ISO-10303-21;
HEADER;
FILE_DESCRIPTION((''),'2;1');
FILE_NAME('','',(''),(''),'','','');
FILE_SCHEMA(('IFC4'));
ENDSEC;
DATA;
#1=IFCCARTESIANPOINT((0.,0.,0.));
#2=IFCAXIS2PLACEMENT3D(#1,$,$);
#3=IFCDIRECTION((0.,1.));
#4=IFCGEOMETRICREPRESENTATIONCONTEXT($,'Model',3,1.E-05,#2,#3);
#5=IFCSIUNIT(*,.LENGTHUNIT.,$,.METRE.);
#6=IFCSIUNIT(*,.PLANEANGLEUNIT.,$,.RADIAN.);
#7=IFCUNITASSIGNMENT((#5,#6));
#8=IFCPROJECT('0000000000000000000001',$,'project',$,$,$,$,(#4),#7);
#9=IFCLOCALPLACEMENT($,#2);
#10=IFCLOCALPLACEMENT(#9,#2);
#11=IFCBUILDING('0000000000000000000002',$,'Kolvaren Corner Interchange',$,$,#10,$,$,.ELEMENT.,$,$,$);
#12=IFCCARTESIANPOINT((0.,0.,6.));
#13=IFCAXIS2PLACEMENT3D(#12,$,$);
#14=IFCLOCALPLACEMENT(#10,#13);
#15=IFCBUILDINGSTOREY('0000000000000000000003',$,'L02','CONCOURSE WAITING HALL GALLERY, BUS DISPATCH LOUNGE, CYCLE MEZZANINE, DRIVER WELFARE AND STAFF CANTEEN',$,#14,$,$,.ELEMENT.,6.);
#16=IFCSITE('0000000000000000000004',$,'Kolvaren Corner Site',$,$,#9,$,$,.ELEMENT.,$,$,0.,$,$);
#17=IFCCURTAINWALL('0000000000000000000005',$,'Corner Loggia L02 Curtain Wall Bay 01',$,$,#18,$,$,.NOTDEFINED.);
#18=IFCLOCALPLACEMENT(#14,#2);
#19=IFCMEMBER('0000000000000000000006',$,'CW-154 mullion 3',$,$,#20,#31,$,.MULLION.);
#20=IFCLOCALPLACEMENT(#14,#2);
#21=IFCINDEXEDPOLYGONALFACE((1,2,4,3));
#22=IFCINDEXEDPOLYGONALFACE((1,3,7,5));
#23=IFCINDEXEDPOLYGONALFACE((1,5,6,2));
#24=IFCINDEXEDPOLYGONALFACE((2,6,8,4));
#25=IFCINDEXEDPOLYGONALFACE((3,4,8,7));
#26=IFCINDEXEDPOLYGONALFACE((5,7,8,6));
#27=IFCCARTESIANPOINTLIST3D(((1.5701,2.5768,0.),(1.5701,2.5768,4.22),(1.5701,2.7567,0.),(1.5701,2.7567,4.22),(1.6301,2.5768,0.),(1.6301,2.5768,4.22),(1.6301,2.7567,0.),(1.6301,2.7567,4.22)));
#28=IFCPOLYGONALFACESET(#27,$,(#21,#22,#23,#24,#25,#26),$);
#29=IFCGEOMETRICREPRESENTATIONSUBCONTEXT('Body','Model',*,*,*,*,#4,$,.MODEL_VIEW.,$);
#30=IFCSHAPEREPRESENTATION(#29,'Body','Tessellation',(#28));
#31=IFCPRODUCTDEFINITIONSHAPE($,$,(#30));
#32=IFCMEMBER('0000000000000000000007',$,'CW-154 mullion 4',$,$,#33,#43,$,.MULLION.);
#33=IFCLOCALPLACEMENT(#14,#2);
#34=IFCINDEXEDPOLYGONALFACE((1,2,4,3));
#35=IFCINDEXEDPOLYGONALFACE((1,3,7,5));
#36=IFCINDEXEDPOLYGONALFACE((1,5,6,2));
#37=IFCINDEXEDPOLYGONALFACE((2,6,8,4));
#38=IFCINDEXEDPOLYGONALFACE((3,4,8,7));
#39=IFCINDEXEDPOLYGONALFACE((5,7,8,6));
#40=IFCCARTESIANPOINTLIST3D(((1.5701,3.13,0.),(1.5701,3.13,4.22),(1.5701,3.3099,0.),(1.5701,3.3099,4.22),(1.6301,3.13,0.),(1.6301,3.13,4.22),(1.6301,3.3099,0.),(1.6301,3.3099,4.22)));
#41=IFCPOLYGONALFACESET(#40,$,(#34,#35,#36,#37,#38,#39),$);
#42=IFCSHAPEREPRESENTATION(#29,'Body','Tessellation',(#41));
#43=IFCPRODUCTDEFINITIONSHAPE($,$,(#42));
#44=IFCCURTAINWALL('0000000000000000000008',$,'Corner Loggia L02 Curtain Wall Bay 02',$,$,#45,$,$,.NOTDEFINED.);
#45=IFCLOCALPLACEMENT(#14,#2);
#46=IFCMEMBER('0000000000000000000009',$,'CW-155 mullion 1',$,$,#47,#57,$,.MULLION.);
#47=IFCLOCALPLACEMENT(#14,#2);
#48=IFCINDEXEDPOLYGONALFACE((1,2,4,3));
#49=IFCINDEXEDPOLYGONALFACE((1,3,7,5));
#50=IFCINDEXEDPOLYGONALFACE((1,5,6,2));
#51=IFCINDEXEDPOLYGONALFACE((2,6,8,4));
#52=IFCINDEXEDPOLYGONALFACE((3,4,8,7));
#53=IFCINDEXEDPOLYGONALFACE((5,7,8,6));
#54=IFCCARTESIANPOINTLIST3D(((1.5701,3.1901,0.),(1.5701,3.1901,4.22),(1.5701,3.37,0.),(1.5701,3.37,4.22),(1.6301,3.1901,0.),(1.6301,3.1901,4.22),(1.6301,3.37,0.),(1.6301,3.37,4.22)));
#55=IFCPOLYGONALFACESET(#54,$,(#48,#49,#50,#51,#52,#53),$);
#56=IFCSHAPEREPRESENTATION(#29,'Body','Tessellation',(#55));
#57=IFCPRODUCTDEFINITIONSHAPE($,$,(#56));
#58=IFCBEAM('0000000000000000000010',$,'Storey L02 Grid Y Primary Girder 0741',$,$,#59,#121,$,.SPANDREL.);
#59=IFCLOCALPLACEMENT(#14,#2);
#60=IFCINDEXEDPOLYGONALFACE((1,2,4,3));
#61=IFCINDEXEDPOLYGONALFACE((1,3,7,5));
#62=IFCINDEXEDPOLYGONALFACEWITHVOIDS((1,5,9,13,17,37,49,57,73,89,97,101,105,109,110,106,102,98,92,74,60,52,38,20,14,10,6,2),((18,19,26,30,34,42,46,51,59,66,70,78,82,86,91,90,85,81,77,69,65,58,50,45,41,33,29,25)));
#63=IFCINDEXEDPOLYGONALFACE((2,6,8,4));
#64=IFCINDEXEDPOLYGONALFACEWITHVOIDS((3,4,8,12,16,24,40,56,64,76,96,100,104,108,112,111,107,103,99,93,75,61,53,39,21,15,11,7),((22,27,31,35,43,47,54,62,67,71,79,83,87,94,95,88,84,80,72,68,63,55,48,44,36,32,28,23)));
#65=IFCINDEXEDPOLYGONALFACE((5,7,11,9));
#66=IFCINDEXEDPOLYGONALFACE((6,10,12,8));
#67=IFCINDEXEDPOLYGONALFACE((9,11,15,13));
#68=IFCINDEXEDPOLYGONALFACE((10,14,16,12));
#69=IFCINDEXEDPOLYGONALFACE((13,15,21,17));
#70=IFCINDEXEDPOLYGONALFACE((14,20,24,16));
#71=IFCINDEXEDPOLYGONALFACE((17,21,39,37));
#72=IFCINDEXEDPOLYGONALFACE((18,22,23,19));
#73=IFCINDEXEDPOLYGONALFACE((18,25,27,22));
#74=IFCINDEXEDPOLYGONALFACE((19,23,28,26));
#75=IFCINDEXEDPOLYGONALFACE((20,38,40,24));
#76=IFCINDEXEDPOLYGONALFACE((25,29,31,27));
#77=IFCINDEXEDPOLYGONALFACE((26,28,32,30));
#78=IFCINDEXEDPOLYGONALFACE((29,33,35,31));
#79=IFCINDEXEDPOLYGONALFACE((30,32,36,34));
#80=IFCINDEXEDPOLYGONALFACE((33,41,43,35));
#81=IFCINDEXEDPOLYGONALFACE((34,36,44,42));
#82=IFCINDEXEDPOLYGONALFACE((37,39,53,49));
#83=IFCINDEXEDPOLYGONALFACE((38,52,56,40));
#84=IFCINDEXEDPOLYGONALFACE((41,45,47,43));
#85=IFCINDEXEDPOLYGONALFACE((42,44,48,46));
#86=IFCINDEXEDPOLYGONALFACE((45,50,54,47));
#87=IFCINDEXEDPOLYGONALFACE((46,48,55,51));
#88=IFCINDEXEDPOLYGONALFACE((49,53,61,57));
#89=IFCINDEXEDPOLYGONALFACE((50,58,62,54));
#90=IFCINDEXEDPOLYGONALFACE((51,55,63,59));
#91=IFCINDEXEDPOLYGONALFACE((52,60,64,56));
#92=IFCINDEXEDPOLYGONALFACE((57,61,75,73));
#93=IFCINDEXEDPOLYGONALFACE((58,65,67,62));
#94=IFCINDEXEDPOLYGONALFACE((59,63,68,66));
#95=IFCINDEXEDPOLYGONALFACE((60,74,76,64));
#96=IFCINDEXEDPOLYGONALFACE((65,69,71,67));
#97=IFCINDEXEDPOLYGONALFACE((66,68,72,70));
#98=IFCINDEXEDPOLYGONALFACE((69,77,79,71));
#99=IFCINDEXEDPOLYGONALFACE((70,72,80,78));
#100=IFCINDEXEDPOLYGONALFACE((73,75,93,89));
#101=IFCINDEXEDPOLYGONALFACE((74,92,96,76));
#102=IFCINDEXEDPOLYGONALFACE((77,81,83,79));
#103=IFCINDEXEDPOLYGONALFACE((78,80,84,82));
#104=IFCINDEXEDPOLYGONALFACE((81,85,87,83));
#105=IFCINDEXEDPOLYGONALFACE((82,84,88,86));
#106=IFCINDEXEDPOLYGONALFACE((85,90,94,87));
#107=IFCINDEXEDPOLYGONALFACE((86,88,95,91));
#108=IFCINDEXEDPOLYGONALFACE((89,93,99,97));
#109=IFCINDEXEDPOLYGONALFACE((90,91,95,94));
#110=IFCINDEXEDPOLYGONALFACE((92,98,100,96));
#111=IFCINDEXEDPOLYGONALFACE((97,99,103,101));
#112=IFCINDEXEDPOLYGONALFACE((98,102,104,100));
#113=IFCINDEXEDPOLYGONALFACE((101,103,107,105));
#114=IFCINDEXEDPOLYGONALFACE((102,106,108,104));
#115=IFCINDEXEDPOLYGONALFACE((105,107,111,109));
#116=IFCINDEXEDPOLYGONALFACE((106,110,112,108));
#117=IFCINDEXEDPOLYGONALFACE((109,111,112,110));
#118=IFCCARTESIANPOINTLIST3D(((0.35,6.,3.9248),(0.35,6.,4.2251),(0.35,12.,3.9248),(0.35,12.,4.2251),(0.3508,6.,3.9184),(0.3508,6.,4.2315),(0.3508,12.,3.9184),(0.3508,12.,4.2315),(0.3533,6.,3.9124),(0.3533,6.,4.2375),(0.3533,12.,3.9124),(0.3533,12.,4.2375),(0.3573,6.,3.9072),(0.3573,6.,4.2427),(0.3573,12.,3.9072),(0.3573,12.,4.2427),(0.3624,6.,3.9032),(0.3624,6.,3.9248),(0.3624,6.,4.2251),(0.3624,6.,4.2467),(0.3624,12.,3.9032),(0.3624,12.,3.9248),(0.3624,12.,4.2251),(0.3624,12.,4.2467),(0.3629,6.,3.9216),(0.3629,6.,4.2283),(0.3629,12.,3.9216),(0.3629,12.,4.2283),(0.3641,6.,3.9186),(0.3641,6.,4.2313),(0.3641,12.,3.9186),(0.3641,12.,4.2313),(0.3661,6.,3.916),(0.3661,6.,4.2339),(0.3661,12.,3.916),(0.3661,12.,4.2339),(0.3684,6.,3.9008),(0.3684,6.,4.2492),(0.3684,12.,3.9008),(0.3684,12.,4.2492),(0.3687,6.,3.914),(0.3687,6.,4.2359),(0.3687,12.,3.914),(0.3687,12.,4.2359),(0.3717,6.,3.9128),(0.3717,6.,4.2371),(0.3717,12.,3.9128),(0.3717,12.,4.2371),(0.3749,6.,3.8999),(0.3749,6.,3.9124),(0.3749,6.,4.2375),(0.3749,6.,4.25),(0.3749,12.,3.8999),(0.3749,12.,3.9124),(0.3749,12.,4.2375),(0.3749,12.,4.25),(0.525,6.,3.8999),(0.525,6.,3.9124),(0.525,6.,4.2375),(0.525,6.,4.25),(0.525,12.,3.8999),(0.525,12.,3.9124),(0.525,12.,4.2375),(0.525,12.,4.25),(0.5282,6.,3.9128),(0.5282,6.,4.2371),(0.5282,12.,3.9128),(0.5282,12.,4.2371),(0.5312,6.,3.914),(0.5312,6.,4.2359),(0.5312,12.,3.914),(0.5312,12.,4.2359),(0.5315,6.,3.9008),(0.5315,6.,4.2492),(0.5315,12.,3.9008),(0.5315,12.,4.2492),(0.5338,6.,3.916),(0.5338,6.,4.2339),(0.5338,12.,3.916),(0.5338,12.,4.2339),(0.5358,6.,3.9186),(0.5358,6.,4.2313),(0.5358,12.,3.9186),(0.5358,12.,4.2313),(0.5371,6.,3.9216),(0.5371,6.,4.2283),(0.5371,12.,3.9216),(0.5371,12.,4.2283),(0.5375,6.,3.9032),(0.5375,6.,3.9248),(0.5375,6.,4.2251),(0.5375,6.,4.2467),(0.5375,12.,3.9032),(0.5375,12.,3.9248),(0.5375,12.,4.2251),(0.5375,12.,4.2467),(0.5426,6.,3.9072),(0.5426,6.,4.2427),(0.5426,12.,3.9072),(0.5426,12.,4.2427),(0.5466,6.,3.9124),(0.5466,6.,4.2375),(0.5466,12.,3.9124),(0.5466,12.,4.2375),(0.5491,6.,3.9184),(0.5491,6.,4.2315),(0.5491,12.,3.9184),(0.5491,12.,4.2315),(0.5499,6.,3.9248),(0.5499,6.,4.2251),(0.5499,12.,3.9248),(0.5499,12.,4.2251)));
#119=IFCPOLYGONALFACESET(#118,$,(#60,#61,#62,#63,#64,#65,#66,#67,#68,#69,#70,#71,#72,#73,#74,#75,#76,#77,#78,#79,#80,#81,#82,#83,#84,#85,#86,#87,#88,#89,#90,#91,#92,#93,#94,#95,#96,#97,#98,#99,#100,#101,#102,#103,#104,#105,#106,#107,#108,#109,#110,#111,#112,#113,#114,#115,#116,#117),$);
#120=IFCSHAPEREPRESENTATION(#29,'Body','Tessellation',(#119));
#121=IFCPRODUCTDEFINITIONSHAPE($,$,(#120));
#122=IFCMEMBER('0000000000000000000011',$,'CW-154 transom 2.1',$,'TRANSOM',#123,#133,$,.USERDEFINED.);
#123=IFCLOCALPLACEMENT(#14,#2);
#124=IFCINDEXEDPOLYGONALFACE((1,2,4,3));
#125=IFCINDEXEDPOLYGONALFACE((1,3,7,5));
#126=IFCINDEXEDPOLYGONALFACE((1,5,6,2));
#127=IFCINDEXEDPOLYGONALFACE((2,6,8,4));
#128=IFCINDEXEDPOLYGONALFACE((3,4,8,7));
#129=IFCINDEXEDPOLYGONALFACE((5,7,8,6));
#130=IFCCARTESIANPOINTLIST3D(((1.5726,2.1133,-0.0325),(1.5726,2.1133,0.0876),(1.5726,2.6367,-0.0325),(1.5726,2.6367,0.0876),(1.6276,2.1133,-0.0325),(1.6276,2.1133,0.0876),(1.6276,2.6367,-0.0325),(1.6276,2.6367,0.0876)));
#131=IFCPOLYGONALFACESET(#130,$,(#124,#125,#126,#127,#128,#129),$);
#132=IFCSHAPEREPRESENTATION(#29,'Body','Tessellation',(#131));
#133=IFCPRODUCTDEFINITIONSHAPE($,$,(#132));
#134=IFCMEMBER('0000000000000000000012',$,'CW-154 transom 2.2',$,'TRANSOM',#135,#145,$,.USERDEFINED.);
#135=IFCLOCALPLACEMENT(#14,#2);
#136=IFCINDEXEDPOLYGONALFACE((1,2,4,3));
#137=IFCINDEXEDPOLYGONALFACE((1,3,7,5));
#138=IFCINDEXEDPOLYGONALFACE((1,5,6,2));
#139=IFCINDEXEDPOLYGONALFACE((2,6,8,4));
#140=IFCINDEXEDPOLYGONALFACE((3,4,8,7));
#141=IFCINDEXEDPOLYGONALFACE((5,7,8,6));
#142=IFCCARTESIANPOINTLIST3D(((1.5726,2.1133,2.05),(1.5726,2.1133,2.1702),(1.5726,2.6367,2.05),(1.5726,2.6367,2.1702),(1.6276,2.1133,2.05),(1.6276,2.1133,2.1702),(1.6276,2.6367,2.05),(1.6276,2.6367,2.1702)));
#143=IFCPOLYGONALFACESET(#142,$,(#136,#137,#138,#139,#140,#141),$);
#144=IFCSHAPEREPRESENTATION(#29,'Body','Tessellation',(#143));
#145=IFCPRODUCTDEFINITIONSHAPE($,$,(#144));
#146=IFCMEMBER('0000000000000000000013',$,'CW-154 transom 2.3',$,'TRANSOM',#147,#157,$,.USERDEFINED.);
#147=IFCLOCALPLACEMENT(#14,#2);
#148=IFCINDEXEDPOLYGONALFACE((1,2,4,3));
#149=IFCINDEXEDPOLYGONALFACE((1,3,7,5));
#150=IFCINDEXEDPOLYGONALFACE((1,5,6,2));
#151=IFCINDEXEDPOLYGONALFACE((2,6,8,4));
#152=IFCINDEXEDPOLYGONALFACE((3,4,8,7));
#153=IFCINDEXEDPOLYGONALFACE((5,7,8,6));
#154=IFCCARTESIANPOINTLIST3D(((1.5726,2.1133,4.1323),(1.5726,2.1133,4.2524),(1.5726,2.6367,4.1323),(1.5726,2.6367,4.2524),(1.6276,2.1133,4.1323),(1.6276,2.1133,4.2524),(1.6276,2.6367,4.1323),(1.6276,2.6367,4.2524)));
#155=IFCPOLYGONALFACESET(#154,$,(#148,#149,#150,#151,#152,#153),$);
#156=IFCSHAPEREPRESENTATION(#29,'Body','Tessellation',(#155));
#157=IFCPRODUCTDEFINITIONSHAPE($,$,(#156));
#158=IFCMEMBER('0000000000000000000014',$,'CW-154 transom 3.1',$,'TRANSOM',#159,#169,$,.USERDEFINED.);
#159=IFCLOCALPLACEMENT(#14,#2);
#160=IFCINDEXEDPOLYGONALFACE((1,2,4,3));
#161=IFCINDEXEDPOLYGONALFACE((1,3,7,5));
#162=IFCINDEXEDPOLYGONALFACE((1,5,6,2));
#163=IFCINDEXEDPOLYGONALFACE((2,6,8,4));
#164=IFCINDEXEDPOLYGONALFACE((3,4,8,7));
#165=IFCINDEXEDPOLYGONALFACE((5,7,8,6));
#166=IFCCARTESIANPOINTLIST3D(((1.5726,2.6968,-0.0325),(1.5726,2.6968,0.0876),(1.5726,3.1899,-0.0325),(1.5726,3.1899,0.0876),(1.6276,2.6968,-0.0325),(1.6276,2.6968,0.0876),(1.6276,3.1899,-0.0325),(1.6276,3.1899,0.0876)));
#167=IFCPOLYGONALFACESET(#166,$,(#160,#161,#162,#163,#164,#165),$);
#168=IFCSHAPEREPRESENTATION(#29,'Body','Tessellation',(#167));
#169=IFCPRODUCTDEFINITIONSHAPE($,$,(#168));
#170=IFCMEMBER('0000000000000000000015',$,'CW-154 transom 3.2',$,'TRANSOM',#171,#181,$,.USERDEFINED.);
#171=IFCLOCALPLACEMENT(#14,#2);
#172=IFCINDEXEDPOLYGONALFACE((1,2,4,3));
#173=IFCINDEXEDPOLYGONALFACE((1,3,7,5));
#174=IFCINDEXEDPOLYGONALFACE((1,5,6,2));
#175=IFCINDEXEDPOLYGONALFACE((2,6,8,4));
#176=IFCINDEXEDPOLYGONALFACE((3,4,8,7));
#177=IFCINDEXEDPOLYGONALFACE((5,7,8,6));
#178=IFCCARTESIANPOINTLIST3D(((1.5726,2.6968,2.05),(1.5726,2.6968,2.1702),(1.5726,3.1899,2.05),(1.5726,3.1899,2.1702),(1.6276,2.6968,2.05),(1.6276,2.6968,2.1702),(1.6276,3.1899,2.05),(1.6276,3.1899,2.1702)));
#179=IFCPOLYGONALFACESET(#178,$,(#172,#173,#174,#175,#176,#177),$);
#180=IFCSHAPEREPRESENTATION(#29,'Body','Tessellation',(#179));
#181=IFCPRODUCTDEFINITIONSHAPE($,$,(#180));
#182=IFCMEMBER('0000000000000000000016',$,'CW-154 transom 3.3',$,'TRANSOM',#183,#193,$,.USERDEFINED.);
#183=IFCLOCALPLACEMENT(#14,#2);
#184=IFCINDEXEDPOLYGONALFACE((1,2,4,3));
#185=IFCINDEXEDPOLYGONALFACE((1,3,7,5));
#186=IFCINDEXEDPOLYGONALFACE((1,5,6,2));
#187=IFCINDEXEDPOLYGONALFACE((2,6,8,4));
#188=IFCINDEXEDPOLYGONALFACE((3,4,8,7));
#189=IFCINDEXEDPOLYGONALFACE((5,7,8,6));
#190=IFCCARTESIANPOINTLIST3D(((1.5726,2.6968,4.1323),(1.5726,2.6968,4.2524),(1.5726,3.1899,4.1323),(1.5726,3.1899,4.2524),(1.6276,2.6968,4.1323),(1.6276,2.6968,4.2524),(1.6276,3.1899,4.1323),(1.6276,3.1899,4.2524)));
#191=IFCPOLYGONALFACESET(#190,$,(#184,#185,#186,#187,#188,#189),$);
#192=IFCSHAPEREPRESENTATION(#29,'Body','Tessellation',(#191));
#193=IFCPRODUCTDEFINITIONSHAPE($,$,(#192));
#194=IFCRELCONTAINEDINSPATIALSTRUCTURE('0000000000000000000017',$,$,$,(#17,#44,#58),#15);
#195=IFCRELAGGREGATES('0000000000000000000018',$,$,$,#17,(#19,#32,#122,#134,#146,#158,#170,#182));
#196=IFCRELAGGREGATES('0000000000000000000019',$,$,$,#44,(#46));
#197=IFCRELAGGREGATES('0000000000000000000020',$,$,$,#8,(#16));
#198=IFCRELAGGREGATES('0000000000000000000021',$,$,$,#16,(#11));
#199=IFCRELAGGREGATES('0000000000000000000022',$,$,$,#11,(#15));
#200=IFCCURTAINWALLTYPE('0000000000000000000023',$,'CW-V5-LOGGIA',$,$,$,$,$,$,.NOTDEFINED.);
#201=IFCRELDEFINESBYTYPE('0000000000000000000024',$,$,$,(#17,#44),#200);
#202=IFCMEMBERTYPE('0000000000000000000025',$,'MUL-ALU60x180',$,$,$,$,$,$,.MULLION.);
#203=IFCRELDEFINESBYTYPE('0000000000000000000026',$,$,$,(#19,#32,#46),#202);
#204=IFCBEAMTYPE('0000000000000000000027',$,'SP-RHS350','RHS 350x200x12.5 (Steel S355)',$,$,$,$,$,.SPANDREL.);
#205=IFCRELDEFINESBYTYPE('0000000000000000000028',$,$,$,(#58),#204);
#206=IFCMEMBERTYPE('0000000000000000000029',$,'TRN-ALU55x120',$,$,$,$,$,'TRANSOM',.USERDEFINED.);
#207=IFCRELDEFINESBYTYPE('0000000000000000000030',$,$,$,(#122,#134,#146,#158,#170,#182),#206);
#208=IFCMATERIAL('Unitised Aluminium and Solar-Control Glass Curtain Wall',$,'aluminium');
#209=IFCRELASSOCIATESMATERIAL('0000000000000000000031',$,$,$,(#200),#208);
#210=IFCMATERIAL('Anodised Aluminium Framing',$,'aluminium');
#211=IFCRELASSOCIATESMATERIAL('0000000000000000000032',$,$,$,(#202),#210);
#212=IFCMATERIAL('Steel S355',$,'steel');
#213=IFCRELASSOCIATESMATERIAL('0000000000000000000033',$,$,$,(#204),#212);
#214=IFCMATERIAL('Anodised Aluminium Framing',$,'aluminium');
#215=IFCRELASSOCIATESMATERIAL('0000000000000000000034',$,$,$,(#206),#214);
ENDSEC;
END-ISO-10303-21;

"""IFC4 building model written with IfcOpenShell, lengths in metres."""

from ifc_helpers import new_model, si_unit, direction, frame, origin, origin_2d, place, context, subcontext, project, spatial, rectangle, hollow_rectangle, extrude, material, material_profile, profile_set, type_object, element, aggregate, save


model = new_model("IFC4")

# Units and contexts
model_context = context("Model", 3, precision=1e-05, world=origin(), true_north=direction((0.0, 1.0)))
body_context = subcontext(model_context, "Body", "Model", "MODEL_VIEW")
ifc_project = project(units=[si_unit("LENGTHUNIT", "METRE"), si_unit("PLANEANGLEUNIT", "RADIAN")], contexts=[model_context])

# Site, building, storey
site_placement = place(None, origin())
site = spatial("IfcSite", under=ifc_project, at=site_placement, Name="Kolvaren Corner Site", CompositionType="ELEMENT", RefElevation=0.0)
building_placement = place(site_placement, origin())
building = spatial("IfcBuilding", under=site, at=building_placement, Name="Kolvaren Corner Interchange", CompositionType="ELEMENT")
storey_placement = place(building_placement, frame((0.0, 0.0, 6.0)))
storey = spatial("IfcBuildingStorey", under=building, at=storey_placement, Name="L02", Description="CONCOURSE WAITING HALL GALLERY, BUS DISPATCH LOUNGE, CYCLE MEZZANINE, DRIVER WELFARE AND STAFF CANTEEN", CompositionType="ELEMENT", Elevation=6.0)

# Curtain wall, members
ifc_material_1 = material(Name="Unitised Aluminium and Solar-Control Glass Curtain Wall", Category="aluminium")
curtain_wall_type = type_object("IfcCurtainWallType", Name="CW-V5-LOGGIA", PredefinedType="NOTDEFINED", material=ifc_material_1)
curtain_wall_1_placement = place(storey_placement, origin())
curtain_wall_1 = element("IfcCurtainWall", 1, at=curtain_wall_1_placement, inside=storey, type_object=curtain_wall_type, Name="Corner Loggia L02 Curtain Wall Bay 01", PredefinedType="NOTDEFINED")
ifc_material_2 = material(Name="Anodised Aluminium Framing", Category="aluminium")
ifc_material_profile_1 = material_profile(ifc_material_2, rectangle(XDim=0.0601, YDim=0.1799, at=origin_2d()), Name="ALU 60x180")
ifc_profile_set_1 = profile_set([ifc_material_profile_1], Name="Anodised Aluminium Framing")
member_type_1 = type_object("IfcMemberType", Name="MUL-ALU60x180", PredefinedType="MULLION", material=ifc_profile_set_1)
member_1_placement = place(storey_placement, frame((1.6001, 2.6667, 0.0), z_axis=(0.0, 0.0, 1.0), x_axis=(-1.0, 0.0, 0.0)))
member_1 = element("IfcMember", 2, at=member_1_placement, type_object=member_type_1, Name="CW-154 mullion 3", PredefinedType="MULLION", context=body_context, shape_type="SweptSolid", body=[
    extrude(rectangle(XDim=0.0601, YDim=0.1799, at=origin_2d()), origin(), (0.0, 0.0, 1.0), 4.22),
])
member_2_placement = place(storey_placement, frame((1.6001, 3.22, 0.0), z_axis=(0.0, 0.0, 1.0), x_axis=(-1.0, 0.0, 0.0)))
member_2 = element("IfcMember", 3, at=member_2_placement, type_object=member_type_1, Name="CW-154 mullion 4", PredefinedType="MULLION", context=body_context, shape_type="SweptSolid", body=[
    extrude(rectangle(XDim=0.0601, YDim=0.1799, at=origin_2d()), origin(), (0.0, 0.0, 1.0), 4.22),
])

# Curtain wall, member
curtain_wall_2_placement = place(storey_placement, origin())
curtain_wall_2 = element("IfcCurtainWall", 4, at=curtain_wall_2_placement, inside=storey, type_object=curtain_wall_type, Name="Corner Loggia L02 Curtain Wall Bay 02", PredefinedType="NOTDEFINED")
member_3_placement = place(storey_placement, frame((1.6001, 3.28, 0.0), z_axis=(0.0, 0.0, 1.0), x_axis=(-1.0, 0.0, 0.0)))
member_3 = element("IfcMember", 5, at=member_3_placement, type_object=member_type_1, Name="CW-155 mullion 1", PredefinedType="MULLION", context=body_context, shape_type="SweptSolid", body=[
    extrude(rectangle(XDim=0.0601, YDim=0.1799, at=origin_2d()), origin(), (0.0, 0.0, 1.0), 4.22),
])

# Beam
ifc_material_3 = material(Name="Steel S355", Category="steel")
ifc_material_profile_2 = material_profile(ifc_material_3, hollow_rectangle(XDim=0.2, YDim=0.3501, WallThickness=0.0125, InnerFilletRadius=0.0125, OuterFilletRadius=0.0249, at=origin_2d()), Name="RHS 350x200x12.5")
ifc_profile_set_2 = profile_set([ifc_material_profile_2], Name="Steel S355")
beam_type_1 = type_object("IfcBeamType", Name="SP-RHS350", Description="RHS 350x200x12.5 (Steel S355)", PredefinedType="SPANDREL", material=ifc_profile_set_2)
beam_1_placement = place(storey_placement, frame((0.45, 6.0, 4.075), z_axis=(0.0, 1.0, 0.0), x_axis=(-1.0, 0.0, 0.0)))
element("IfcBeam", 6, at=beam_1_placement, inside=storey, type_object=beam_type_1, Name="Storey L02 Grid Y Primary Girder 0741", PredefinedType="SPANDREL", context=body_context, shape_type="SweptSolid", body=[
    extrude(hollow_rectangle(XDim=0.2, YDim=0.3501, WallThickness=0.0125, InnerFilletRadius=0.0125, OuterFilletRadius=0.0249, at=origin_2d()), origin(), (0.0, 0.0, 1.0), 6.0),
])

# Members
ifc_material_4 = material(Name="Anodised Aluminium Framing", Category="aluminium")
ifc_material_profile_3 = material_profile(ifc_material_4, rectangle(XDim=0.0549, YDim=0.1201, at=origin_2d()), Name="ALU 55x120")
ifc_profile_set_3 = profile_set([ifc_material_profile_3], Name="Anodised Aluminium Framing")
member_type_2 = type_object("IfcMemberType", Name="TRN-ALU55x120", ElementType="TRANSOM", PredefinedType="USERDEFINED", material=ifc_profile_set_3)
member_4_placement = place(storey_placement, frame((1.6001, 2.1133, 0.0276), z_axis=(0.0, 1.0, 0.0), x_axis=(-1.0, 0.0, 0.0)))
member_4 = element("IfcMember", 7, at=member_4_placement, type_object=member_type_2, Name="CW-154 transom 2.1", ObjectType="TRANSOM", PredefinedType="USERDEFINED", context=body_context, shape_type="SweptSolid", body=[
    extrude(rectangle(XDim=0.0549, YDim=0.1201, at=origin_2d()), origin(), (0.0, 0.0, 1.0), 0.5234),
])
member_5_placement = place(storey_placement, frame((1.6001, 2.1133, 2.1101), z_axis=(0.0, 1.0, 0.0), x_axis=(-1.0, 0.0, 0.0)))
member_5 = element("IfcMember", 8, at=member_5_placement, type_object=member_type_2, Name="CW-154 transom 2.2", ObjectType="TRANSOM", PredefinedType="USERDEFINED", context=body_context, shape_type="SweptSolid", body=[
    extrude(rectangle(XDim=0.0549, YDim=0.1201, at=origin_2d()), origin(), (0.0, 0.0, 1.0), 0.5234),
])
member_6_placement = place(storey_placement, frame((1.6001, 2.1133, 4.1924), z_axis=(0.0, 1.0, 0.0), x_axis=(-1.0, 0.0, 0.0)))
member_6 = element("IfcMember", 9, at=member_6_placement, type_object=member_type_2, Name="CW-154 transom 2.3", ObjectType="TRANSOM", PredefinedType="USERDEFINED", context=body_context, shape_type="SweptSolid", body=[
    extrude(rectangle(XDim=0.0549, YDim=0.1201, at=origin_2d()), origin(), (0.0, 0.0, 1.0), 0.5234),
])
member_7_placement = place(storey_placement, frame((1.6001, 2.6968, 0.0276), z_axis=(0.0, 1.0, 0.0), x_axis=(-1.0, 0.0, 0.0)))
member_7 = element("IfcMember", 10, at=member_7_placement, type_object=member_type_2, Name="CW-154 transom 3.1", ObjectType="TRANSOM", PredefinedType="USERDEFINED", context=body_context, shape_type="SweptSolid", body=[
    extrude(rectangle(XDim=0.0549, YDim=0.1201, at=origin_2d()), origin(), (0.0, 0.0, 1.0), 0.4932),
])
member_8_placement = place(storey_placement, frame((1.6001, 2.6968, 2.1101), z_axis=(0.0, 1.0, 0.0), x_axis=(-1.0, 0.0, 0.0)))
member_8 = element("IfcMember", 11, at=member_8_placement, type_object=member_type_2, Name="CW-154 transom 3.2", ObjectType="TRANSOM", PredefinedType="USERDEFINED", context=body_context, shape_type="SweptSolid", body=[
    extrude(rectangle(XDim=0.0549, YDim=0.1201, at=origin_2d()), origin(), (0.0, 0.0, 1.0), 0.4932),
])
member_9_placement = place(storey_placement, frame((1.6001, 2.6968, 4.1924), z_axis=(0.0, 1.0, 0.0), x_axis=(-1.0, 0.0, 0.0)))
member_9 = element("IfcMember", 12, at=member_9_placement, type_object=member_type_2, Name="CW-154 transom 3.3", ObjectType="TRANSOM", PredefinedType="USERDEFINED", context=body_context, shape_type="SweptSolid", body=[
    extrude(rectangle(XDim=0.0549, YDim=0.1201, at=origin_2d()), origin(), (0.0, 0.0, 1.0), 0.4932),
])

aggregate(curtain_wall_1, [member_1, member_2, member_4, member_5, member_6, member_7, member_8, member_9])
aggregate(curtain_wall_2, [member_3])

save(model, "model.ifc")
